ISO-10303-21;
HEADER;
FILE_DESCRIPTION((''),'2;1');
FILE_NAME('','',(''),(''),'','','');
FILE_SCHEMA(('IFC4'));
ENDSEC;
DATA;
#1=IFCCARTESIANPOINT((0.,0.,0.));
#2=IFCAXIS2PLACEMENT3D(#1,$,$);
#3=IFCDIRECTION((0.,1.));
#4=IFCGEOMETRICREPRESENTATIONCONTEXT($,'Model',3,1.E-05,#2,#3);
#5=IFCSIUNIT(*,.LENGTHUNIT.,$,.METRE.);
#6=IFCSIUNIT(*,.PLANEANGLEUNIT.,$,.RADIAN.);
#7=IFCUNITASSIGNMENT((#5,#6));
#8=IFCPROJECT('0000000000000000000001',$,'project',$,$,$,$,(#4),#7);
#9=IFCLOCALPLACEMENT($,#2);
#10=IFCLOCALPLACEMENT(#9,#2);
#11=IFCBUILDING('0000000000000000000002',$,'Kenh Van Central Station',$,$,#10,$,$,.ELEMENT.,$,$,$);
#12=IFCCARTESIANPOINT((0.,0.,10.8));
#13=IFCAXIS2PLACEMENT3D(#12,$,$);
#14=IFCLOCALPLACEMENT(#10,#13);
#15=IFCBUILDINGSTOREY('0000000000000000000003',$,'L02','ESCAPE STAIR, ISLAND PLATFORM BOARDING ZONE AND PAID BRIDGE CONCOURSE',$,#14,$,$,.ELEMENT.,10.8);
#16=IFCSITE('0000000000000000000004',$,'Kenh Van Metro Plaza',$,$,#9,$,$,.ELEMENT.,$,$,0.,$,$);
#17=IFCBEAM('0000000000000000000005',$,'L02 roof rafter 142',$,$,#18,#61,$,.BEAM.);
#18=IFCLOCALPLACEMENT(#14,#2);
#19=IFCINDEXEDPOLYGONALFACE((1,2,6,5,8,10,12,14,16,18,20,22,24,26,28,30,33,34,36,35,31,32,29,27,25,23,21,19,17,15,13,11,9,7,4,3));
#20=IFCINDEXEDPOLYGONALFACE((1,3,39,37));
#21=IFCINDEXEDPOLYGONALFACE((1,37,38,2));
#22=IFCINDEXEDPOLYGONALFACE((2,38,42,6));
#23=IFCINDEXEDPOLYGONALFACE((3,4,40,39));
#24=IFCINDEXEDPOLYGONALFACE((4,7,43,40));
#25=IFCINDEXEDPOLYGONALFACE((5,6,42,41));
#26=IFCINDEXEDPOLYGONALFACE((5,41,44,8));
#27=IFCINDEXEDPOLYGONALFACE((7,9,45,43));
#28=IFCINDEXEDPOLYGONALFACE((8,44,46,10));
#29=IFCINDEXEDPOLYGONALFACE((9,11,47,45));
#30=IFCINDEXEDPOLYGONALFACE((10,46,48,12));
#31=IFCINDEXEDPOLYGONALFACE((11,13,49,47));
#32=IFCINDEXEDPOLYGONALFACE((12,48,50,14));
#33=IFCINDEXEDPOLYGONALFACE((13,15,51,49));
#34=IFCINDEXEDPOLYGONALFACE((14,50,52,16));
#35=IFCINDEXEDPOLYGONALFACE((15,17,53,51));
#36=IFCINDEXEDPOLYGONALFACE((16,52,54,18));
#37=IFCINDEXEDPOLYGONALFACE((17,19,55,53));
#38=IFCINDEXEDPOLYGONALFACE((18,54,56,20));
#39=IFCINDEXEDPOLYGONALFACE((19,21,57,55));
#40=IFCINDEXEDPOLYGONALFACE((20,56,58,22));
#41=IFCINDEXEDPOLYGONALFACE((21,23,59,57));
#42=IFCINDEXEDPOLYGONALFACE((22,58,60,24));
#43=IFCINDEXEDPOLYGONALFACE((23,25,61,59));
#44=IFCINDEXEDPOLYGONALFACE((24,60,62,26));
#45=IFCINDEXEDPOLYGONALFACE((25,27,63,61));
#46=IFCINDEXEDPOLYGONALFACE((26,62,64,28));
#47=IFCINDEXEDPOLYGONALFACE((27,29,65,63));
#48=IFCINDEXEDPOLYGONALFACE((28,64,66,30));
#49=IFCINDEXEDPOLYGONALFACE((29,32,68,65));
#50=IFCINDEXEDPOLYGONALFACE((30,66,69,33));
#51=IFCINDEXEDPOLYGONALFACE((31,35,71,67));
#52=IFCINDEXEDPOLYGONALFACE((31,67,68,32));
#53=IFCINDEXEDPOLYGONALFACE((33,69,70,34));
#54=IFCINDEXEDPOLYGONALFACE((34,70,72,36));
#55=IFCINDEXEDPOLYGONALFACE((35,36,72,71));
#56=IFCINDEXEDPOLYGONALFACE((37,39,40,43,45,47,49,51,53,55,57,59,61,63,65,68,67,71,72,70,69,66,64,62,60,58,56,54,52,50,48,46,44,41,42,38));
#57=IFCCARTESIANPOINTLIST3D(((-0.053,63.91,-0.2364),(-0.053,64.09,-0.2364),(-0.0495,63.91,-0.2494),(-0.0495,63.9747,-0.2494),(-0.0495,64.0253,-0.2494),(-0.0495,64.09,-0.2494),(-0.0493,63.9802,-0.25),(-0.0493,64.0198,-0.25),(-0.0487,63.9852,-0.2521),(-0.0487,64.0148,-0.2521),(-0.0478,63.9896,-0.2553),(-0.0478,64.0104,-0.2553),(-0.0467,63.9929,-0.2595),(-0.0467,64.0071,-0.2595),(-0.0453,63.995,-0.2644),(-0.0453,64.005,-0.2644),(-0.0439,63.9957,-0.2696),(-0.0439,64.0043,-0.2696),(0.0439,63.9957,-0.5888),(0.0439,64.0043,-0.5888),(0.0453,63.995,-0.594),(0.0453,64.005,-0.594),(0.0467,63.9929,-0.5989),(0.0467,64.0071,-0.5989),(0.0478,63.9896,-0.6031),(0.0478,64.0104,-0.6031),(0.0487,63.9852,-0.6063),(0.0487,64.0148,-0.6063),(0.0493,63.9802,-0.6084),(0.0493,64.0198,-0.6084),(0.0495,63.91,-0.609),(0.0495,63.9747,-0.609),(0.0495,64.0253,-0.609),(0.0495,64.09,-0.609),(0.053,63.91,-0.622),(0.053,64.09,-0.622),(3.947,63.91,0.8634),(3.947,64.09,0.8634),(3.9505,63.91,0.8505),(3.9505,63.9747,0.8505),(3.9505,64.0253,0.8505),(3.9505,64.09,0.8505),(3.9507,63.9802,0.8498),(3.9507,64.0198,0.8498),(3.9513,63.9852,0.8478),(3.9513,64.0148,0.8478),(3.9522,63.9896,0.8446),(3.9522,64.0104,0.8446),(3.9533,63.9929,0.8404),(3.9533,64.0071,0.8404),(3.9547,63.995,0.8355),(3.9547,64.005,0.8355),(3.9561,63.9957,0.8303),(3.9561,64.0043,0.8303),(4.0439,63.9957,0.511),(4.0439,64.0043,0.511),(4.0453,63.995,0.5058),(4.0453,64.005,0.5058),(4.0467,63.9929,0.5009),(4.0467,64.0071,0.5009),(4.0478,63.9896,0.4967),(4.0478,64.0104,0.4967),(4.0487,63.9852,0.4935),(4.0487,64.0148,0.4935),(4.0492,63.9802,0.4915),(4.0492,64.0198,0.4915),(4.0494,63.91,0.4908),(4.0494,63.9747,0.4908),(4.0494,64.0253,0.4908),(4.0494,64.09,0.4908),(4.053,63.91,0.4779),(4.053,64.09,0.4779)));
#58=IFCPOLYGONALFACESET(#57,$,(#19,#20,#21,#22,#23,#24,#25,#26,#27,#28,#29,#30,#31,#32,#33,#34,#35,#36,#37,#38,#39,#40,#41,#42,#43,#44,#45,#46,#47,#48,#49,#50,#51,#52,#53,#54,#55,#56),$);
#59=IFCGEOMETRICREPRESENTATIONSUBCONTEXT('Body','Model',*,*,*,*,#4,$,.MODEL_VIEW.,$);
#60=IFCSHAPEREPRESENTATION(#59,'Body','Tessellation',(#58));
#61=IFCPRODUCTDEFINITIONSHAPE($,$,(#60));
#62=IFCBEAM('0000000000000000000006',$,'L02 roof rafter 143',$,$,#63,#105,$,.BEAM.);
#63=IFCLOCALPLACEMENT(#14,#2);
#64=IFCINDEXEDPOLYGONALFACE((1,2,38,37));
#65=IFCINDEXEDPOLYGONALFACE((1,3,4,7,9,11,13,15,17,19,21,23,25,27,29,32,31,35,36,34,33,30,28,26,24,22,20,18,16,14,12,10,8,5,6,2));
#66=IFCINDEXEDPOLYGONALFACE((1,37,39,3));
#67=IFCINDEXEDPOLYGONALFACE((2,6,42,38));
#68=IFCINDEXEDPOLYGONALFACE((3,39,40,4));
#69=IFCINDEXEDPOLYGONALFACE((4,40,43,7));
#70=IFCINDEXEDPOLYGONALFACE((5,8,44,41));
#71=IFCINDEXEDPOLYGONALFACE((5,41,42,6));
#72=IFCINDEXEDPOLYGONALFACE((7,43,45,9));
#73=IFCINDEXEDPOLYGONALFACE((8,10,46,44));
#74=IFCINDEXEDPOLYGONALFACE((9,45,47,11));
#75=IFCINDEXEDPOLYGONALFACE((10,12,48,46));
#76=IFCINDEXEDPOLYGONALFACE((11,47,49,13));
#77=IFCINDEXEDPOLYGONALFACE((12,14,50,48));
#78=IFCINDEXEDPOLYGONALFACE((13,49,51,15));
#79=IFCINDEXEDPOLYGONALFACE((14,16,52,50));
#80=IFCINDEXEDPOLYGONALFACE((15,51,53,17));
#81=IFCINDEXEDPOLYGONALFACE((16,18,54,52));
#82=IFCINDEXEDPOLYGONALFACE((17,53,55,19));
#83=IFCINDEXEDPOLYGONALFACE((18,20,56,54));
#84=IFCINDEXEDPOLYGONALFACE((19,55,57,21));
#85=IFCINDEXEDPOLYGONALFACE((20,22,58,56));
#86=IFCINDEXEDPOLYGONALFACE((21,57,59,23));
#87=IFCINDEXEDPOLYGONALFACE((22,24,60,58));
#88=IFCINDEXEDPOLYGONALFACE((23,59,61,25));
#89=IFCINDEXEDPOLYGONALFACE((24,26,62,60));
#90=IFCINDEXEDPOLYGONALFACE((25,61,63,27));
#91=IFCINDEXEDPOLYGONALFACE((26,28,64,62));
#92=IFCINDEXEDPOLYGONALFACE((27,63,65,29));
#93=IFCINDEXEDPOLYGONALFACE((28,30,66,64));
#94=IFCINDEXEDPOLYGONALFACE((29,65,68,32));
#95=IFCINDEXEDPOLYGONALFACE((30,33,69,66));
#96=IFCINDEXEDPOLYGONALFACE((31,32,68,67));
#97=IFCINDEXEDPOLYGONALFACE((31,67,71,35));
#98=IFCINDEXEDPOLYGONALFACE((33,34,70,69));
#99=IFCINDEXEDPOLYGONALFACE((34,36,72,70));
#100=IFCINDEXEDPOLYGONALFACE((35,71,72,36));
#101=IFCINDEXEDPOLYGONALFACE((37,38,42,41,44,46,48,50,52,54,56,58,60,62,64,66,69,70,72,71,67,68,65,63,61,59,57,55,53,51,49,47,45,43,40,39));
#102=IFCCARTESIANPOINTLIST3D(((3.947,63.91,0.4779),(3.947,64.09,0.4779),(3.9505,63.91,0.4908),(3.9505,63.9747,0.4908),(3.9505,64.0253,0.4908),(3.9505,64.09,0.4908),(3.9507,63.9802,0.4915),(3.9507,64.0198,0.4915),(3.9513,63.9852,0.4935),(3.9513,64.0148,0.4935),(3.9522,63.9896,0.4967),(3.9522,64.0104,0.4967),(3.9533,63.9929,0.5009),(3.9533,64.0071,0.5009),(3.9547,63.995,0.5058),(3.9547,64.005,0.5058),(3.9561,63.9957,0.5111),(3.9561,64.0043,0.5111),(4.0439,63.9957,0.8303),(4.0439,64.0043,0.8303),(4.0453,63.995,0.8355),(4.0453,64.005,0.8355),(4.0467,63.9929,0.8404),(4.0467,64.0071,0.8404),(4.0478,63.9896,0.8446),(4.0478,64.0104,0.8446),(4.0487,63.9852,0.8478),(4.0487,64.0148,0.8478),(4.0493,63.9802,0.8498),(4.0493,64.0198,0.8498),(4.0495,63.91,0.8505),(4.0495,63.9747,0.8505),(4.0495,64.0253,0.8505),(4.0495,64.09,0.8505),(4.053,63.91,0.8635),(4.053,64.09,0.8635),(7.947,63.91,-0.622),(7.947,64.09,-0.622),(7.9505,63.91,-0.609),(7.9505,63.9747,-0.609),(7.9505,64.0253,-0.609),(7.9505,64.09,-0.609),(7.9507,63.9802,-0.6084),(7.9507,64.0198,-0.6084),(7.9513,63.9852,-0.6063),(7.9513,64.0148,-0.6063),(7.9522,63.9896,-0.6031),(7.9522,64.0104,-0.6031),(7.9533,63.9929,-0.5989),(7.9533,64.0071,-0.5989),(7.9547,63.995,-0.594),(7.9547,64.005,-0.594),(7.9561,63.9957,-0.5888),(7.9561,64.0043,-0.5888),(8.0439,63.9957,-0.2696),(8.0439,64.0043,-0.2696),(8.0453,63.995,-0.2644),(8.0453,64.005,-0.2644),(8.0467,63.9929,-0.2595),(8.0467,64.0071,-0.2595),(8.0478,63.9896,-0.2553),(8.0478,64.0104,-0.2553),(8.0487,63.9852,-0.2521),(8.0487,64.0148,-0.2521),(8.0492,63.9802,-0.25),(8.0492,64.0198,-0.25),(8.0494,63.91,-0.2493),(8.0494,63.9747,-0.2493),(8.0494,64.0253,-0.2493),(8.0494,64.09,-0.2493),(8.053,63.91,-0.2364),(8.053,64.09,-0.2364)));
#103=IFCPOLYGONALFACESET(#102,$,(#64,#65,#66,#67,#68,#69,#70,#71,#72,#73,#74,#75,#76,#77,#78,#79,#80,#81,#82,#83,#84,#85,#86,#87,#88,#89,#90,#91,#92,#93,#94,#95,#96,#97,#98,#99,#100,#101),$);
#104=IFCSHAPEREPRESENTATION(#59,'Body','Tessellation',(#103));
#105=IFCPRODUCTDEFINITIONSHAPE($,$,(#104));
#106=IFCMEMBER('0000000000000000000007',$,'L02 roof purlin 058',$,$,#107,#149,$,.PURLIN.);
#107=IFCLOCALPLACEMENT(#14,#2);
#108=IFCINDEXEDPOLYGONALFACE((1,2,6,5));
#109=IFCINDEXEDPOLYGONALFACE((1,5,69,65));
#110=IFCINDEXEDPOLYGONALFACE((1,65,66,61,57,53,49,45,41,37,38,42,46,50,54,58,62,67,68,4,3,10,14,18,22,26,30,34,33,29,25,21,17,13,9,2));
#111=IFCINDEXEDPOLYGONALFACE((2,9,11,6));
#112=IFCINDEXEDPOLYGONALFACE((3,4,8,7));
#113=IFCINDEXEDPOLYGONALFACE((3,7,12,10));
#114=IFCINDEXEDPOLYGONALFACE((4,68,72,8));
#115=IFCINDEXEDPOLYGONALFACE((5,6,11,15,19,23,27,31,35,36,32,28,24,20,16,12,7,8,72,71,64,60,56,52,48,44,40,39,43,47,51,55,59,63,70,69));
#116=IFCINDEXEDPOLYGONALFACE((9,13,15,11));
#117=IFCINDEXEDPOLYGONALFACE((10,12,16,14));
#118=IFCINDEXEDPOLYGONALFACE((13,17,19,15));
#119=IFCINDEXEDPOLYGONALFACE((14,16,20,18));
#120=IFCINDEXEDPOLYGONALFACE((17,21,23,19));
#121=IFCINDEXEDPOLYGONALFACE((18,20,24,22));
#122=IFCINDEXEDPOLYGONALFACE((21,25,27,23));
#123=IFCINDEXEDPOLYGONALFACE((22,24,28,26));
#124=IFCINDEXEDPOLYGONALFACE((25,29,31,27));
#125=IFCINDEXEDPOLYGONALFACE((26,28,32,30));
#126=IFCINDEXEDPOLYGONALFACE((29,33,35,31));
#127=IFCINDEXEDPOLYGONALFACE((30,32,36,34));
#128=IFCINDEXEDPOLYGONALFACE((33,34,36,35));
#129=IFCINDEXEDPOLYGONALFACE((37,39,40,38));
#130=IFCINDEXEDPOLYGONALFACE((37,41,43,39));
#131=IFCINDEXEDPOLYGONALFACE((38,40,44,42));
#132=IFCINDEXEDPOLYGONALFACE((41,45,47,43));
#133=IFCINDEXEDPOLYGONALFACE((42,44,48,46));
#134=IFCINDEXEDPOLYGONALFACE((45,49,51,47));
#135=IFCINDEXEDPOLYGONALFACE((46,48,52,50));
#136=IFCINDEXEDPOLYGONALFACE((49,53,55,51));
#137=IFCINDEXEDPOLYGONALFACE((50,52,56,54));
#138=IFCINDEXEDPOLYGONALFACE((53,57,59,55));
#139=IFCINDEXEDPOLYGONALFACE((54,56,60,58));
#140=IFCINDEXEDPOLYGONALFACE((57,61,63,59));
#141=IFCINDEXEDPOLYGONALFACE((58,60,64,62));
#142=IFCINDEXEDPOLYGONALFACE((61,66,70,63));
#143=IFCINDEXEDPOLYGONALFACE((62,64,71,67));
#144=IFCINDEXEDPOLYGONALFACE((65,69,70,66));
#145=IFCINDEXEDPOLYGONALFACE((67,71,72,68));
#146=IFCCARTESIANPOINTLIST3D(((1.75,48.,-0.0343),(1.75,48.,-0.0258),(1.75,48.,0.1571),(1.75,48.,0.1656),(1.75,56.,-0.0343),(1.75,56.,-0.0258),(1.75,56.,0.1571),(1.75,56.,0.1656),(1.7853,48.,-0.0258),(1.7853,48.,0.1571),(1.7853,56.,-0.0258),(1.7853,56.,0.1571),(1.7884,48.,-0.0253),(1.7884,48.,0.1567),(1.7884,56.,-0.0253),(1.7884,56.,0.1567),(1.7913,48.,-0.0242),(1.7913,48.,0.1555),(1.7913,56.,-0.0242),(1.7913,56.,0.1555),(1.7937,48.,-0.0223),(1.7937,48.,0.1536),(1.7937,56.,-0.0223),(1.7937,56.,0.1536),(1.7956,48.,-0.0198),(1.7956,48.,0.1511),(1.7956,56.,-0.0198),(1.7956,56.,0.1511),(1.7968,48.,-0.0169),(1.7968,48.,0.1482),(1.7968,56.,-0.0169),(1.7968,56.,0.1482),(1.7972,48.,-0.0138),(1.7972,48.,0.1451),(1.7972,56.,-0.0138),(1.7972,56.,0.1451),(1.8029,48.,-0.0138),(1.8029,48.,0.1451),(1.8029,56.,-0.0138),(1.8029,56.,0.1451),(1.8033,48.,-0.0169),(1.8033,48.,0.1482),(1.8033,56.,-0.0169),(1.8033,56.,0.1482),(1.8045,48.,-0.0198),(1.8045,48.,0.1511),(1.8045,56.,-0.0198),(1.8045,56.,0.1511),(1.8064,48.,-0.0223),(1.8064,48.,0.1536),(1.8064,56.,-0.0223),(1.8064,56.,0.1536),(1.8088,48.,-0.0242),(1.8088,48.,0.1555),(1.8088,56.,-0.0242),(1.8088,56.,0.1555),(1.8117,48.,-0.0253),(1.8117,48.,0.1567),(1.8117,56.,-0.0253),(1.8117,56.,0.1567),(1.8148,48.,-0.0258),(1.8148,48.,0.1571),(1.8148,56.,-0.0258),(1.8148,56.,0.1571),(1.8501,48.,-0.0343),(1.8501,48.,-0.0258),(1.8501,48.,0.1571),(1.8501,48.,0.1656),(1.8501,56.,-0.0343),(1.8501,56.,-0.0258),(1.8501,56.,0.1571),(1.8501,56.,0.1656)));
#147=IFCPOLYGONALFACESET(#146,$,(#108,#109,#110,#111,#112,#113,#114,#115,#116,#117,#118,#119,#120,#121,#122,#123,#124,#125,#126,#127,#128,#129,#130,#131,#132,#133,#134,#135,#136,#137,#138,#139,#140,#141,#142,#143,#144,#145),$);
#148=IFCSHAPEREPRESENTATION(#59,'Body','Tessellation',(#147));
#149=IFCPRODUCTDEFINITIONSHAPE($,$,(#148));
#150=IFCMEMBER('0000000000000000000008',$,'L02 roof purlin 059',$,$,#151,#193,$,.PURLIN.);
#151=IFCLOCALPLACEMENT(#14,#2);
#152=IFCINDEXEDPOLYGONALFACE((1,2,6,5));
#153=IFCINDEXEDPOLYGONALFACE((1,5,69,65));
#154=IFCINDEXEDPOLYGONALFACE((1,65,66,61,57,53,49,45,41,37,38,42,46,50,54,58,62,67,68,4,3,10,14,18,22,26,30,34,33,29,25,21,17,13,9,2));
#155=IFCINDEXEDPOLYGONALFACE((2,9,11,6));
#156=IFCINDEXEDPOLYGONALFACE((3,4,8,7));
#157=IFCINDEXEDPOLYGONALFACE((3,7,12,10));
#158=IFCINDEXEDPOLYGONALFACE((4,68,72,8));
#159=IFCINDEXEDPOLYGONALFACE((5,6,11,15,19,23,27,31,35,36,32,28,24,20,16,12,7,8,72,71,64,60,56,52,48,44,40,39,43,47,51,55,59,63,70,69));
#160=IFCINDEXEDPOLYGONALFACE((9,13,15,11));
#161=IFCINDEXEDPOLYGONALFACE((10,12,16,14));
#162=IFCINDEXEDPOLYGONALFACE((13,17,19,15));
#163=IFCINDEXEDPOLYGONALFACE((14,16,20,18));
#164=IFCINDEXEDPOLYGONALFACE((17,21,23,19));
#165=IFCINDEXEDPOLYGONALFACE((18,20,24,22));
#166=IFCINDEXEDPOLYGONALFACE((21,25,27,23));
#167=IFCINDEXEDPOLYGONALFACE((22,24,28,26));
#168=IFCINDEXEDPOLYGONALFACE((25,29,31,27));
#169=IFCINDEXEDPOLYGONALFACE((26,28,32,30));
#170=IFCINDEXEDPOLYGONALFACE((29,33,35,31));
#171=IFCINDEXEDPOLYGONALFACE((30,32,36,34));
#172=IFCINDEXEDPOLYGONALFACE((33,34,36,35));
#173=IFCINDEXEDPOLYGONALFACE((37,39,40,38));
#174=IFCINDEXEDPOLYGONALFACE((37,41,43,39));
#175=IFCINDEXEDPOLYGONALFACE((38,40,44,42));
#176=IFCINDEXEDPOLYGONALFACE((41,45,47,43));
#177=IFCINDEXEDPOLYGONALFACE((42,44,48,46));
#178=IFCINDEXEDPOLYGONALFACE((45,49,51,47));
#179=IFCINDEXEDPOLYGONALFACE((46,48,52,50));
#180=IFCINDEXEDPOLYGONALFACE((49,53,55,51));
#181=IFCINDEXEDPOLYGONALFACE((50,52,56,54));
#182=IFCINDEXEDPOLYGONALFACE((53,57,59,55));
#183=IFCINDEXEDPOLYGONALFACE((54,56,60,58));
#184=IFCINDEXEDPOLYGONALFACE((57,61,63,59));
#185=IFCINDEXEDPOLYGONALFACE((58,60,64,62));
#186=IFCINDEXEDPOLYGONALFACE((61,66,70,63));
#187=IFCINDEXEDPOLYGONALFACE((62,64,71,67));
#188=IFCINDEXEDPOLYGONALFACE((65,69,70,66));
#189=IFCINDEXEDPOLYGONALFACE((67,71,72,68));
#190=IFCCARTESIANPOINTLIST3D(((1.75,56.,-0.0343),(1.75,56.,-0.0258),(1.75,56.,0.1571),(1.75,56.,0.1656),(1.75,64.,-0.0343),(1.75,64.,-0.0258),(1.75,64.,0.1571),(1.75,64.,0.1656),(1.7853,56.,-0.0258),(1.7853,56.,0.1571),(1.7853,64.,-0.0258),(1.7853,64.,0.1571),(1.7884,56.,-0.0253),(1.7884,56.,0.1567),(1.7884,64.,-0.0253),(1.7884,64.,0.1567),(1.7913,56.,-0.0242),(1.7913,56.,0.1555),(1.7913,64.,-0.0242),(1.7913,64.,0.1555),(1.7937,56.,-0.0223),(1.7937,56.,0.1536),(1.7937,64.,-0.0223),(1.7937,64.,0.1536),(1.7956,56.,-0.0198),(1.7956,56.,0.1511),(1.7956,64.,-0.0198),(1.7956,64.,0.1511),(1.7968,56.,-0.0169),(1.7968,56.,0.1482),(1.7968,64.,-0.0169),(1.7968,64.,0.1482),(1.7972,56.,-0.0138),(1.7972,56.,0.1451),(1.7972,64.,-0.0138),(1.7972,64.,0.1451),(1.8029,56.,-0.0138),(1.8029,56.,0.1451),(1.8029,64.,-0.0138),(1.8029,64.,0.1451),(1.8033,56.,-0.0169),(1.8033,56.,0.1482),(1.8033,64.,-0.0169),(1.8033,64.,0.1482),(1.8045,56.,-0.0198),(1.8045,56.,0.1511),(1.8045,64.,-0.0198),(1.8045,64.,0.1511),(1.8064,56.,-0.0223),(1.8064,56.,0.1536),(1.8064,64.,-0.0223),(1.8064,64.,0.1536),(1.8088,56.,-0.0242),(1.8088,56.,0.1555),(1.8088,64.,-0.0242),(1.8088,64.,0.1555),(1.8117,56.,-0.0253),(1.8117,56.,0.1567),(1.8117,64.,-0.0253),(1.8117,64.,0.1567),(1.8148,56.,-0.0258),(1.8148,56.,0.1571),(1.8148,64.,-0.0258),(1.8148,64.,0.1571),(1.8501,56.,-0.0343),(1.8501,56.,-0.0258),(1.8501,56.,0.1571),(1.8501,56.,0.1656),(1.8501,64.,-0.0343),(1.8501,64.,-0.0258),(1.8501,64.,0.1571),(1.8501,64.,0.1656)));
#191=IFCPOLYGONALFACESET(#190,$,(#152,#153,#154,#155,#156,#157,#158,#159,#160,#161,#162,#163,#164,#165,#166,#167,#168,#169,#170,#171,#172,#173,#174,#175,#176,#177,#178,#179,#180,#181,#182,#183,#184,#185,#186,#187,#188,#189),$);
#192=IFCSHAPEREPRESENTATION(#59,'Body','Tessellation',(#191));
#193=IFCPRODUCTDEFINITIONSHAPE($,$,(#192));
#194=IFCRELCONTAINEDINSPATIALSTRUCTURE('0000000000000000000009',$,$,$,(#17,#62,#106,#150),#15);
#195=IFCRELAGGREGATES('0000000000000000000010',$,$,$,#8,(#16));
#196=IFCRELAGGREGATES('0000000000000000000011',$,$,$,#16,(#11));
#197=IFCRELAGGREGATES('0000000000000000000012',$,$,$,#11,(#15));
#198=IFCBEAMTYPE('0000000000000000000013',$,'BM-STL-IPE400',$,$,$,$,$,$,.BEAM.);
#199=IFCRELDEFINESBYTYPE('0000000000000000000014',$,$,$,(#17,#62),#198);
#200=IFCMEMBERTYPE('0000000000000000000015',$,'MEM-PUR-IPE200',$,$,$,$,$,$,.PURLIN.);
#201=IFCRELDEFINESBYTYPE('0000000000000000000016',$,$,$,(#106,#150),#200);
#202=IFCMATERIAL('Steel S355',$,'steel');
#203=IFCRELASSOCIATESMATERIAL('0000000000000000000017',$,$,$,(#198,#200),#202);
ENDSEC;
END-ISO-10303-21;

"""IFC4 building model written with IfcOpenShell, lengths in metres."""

from ifc_helpers import new_model, si_unit, direction, frame, origin, origin_2d, place, context, subcontext, project, spatial, i_section, extrude, material, material_profile, profile_set, type_object, element, save


model = new_model("IFC4")

# Units and contexts
model_context = context("Model", 3, precision=1e-05, world=origin(), true_north=direction((0.0, 1.0)))
body_context = subcontext(model_context, "Body", "Model", "MODEL_VIEW")
ifc_project = project(units=[si_unit("LENGTHUNIT", "METRE"), si_unit("PLANEANGLEUNIT", "RADIAN")], contexts=[model_context])

# Site, building, storey
site_placement = place(None, origin())
site = spatial("IfcSite", under=ifc_project, at=site_placement, Name="Kenh Van Metro Plaza", CompositionType="ELEMENT", RefElevation=0.0)
building_placement = place(site_placement, origin())
building = spatial("IfcBuilding", under=site, at=building_placement, Name="Kenh Van Central Station", CompositionType="ELEMENT")
storey_placement = place(building_placement, frame((0.0, 0.0, 10.8)))
storey = spatial("IfcBuildingStorey", under=building, at=storey_placement, Name="L02", Description="ESCAPE STAIR, ISLAND PLATFORM BOARDING ZONE AND PAID BRIDGE CONCOURSE", CompositionType="ELEMENT", Elevation=10.8)

# Beams
ifc_material_1 = material(Name="Steel S355", Category="steel")
ifc_material_profile_1 = material_profile(ifc_material_1, i_section(OverallWidth=0.1799, OverallDepth=0.3999, WebThickness=0.0085, FlangeThickness=0.0134, FilletRadius=0.021, at=origin_2d()), Name="IPE 400")
ifc_profile_set_1 = profile_set([ifc_material_profile_1], Name="Steel S355")
beam_type = type_object("IfcBeamType", Name="BM-STL-IPE400", PredefinedType="BEAM", material=ifc_profile_set_1)
for number, where, z_axis, x_axis, name in (
    (1, (0.0, 64.0, -0.4292), (0.964214, 0.0, 0.265124), (0.0, 1.0, 0.0), "L02 roof rafter 142"),
    (2, (4.0, 64.0, 0.6707), (0.964214, 0.0, -0.265124), (0.0, 1.0, 0.0), "L02 roof rafter 143"),
):
    element("IfcBeam", number, at=place(storey_placement, frame(where, z_axis=z_axis, x_axis=x_axis)), inside=storey, type_object=beam_type, Name=name, PredefinedType="BEAM", context=body_context, shape_type="SweptSolid", body=[
        extrude(i_section(OverallWidth=0.1799, OverallDepth=0.3999, WebThickness=0.0085, FlangeThickness=0.0134, FilletRadius=0.021, at=origin_2d()), origin(), (0.0, 0.0, 1.0), 4.1484),
    ])

# Members
ifc_material_profile_2 = material_profile(ifc_material_1, i_section(OverallWidth=0.1001, OverallDepth=0.2, WebThickness=0.0056, FlangeThickness=0.0085, FilletRadius=0.012, at=origin_2d()), Name="IPE 200")
ifc_profile_set_2 = profile_set([ifc_material_profile_2], Name="Steel S355")
member_type_1 = type_object("IfcMemberType", Name="MEM-PUR-IPE200", PredefinedType="PURLIN", material=ifc_profile_set_2)
for number, where, z_axis, x_axis, name in (
    (3, (1.8, 48.0, 0.0657), (0.0, 1.0, 0.0), (-1.0, 0.0, 0.0), "L02 roof purlin 058"),
    (4, (1.8, 56.0, 0.0657), (0.0, 1.0, 0.0), (-1.0, 0.0, 0.0), "L02 roof purlin 059"),
):
    element("IfcMember", number, at=place(storey_placement, frame(where, z_axis=z_axis, x_axis=x_axis)), inside=storey, type_object=member_type_1, Name=name, PredefinedType="PURLIN", context=body_context, shape_type="SweptSolid", body=[
        extrude(i_section(OverallWidth=0.1001, OverallDepth=0.2, WebThickness=0.0056, FlangeThickness=0.0085, FilletRadius=0.012, at=origin_2d()), origin(), (0.0, 0.0, 1.0), 8.0),
    ])

save(model, "model.ifc")
